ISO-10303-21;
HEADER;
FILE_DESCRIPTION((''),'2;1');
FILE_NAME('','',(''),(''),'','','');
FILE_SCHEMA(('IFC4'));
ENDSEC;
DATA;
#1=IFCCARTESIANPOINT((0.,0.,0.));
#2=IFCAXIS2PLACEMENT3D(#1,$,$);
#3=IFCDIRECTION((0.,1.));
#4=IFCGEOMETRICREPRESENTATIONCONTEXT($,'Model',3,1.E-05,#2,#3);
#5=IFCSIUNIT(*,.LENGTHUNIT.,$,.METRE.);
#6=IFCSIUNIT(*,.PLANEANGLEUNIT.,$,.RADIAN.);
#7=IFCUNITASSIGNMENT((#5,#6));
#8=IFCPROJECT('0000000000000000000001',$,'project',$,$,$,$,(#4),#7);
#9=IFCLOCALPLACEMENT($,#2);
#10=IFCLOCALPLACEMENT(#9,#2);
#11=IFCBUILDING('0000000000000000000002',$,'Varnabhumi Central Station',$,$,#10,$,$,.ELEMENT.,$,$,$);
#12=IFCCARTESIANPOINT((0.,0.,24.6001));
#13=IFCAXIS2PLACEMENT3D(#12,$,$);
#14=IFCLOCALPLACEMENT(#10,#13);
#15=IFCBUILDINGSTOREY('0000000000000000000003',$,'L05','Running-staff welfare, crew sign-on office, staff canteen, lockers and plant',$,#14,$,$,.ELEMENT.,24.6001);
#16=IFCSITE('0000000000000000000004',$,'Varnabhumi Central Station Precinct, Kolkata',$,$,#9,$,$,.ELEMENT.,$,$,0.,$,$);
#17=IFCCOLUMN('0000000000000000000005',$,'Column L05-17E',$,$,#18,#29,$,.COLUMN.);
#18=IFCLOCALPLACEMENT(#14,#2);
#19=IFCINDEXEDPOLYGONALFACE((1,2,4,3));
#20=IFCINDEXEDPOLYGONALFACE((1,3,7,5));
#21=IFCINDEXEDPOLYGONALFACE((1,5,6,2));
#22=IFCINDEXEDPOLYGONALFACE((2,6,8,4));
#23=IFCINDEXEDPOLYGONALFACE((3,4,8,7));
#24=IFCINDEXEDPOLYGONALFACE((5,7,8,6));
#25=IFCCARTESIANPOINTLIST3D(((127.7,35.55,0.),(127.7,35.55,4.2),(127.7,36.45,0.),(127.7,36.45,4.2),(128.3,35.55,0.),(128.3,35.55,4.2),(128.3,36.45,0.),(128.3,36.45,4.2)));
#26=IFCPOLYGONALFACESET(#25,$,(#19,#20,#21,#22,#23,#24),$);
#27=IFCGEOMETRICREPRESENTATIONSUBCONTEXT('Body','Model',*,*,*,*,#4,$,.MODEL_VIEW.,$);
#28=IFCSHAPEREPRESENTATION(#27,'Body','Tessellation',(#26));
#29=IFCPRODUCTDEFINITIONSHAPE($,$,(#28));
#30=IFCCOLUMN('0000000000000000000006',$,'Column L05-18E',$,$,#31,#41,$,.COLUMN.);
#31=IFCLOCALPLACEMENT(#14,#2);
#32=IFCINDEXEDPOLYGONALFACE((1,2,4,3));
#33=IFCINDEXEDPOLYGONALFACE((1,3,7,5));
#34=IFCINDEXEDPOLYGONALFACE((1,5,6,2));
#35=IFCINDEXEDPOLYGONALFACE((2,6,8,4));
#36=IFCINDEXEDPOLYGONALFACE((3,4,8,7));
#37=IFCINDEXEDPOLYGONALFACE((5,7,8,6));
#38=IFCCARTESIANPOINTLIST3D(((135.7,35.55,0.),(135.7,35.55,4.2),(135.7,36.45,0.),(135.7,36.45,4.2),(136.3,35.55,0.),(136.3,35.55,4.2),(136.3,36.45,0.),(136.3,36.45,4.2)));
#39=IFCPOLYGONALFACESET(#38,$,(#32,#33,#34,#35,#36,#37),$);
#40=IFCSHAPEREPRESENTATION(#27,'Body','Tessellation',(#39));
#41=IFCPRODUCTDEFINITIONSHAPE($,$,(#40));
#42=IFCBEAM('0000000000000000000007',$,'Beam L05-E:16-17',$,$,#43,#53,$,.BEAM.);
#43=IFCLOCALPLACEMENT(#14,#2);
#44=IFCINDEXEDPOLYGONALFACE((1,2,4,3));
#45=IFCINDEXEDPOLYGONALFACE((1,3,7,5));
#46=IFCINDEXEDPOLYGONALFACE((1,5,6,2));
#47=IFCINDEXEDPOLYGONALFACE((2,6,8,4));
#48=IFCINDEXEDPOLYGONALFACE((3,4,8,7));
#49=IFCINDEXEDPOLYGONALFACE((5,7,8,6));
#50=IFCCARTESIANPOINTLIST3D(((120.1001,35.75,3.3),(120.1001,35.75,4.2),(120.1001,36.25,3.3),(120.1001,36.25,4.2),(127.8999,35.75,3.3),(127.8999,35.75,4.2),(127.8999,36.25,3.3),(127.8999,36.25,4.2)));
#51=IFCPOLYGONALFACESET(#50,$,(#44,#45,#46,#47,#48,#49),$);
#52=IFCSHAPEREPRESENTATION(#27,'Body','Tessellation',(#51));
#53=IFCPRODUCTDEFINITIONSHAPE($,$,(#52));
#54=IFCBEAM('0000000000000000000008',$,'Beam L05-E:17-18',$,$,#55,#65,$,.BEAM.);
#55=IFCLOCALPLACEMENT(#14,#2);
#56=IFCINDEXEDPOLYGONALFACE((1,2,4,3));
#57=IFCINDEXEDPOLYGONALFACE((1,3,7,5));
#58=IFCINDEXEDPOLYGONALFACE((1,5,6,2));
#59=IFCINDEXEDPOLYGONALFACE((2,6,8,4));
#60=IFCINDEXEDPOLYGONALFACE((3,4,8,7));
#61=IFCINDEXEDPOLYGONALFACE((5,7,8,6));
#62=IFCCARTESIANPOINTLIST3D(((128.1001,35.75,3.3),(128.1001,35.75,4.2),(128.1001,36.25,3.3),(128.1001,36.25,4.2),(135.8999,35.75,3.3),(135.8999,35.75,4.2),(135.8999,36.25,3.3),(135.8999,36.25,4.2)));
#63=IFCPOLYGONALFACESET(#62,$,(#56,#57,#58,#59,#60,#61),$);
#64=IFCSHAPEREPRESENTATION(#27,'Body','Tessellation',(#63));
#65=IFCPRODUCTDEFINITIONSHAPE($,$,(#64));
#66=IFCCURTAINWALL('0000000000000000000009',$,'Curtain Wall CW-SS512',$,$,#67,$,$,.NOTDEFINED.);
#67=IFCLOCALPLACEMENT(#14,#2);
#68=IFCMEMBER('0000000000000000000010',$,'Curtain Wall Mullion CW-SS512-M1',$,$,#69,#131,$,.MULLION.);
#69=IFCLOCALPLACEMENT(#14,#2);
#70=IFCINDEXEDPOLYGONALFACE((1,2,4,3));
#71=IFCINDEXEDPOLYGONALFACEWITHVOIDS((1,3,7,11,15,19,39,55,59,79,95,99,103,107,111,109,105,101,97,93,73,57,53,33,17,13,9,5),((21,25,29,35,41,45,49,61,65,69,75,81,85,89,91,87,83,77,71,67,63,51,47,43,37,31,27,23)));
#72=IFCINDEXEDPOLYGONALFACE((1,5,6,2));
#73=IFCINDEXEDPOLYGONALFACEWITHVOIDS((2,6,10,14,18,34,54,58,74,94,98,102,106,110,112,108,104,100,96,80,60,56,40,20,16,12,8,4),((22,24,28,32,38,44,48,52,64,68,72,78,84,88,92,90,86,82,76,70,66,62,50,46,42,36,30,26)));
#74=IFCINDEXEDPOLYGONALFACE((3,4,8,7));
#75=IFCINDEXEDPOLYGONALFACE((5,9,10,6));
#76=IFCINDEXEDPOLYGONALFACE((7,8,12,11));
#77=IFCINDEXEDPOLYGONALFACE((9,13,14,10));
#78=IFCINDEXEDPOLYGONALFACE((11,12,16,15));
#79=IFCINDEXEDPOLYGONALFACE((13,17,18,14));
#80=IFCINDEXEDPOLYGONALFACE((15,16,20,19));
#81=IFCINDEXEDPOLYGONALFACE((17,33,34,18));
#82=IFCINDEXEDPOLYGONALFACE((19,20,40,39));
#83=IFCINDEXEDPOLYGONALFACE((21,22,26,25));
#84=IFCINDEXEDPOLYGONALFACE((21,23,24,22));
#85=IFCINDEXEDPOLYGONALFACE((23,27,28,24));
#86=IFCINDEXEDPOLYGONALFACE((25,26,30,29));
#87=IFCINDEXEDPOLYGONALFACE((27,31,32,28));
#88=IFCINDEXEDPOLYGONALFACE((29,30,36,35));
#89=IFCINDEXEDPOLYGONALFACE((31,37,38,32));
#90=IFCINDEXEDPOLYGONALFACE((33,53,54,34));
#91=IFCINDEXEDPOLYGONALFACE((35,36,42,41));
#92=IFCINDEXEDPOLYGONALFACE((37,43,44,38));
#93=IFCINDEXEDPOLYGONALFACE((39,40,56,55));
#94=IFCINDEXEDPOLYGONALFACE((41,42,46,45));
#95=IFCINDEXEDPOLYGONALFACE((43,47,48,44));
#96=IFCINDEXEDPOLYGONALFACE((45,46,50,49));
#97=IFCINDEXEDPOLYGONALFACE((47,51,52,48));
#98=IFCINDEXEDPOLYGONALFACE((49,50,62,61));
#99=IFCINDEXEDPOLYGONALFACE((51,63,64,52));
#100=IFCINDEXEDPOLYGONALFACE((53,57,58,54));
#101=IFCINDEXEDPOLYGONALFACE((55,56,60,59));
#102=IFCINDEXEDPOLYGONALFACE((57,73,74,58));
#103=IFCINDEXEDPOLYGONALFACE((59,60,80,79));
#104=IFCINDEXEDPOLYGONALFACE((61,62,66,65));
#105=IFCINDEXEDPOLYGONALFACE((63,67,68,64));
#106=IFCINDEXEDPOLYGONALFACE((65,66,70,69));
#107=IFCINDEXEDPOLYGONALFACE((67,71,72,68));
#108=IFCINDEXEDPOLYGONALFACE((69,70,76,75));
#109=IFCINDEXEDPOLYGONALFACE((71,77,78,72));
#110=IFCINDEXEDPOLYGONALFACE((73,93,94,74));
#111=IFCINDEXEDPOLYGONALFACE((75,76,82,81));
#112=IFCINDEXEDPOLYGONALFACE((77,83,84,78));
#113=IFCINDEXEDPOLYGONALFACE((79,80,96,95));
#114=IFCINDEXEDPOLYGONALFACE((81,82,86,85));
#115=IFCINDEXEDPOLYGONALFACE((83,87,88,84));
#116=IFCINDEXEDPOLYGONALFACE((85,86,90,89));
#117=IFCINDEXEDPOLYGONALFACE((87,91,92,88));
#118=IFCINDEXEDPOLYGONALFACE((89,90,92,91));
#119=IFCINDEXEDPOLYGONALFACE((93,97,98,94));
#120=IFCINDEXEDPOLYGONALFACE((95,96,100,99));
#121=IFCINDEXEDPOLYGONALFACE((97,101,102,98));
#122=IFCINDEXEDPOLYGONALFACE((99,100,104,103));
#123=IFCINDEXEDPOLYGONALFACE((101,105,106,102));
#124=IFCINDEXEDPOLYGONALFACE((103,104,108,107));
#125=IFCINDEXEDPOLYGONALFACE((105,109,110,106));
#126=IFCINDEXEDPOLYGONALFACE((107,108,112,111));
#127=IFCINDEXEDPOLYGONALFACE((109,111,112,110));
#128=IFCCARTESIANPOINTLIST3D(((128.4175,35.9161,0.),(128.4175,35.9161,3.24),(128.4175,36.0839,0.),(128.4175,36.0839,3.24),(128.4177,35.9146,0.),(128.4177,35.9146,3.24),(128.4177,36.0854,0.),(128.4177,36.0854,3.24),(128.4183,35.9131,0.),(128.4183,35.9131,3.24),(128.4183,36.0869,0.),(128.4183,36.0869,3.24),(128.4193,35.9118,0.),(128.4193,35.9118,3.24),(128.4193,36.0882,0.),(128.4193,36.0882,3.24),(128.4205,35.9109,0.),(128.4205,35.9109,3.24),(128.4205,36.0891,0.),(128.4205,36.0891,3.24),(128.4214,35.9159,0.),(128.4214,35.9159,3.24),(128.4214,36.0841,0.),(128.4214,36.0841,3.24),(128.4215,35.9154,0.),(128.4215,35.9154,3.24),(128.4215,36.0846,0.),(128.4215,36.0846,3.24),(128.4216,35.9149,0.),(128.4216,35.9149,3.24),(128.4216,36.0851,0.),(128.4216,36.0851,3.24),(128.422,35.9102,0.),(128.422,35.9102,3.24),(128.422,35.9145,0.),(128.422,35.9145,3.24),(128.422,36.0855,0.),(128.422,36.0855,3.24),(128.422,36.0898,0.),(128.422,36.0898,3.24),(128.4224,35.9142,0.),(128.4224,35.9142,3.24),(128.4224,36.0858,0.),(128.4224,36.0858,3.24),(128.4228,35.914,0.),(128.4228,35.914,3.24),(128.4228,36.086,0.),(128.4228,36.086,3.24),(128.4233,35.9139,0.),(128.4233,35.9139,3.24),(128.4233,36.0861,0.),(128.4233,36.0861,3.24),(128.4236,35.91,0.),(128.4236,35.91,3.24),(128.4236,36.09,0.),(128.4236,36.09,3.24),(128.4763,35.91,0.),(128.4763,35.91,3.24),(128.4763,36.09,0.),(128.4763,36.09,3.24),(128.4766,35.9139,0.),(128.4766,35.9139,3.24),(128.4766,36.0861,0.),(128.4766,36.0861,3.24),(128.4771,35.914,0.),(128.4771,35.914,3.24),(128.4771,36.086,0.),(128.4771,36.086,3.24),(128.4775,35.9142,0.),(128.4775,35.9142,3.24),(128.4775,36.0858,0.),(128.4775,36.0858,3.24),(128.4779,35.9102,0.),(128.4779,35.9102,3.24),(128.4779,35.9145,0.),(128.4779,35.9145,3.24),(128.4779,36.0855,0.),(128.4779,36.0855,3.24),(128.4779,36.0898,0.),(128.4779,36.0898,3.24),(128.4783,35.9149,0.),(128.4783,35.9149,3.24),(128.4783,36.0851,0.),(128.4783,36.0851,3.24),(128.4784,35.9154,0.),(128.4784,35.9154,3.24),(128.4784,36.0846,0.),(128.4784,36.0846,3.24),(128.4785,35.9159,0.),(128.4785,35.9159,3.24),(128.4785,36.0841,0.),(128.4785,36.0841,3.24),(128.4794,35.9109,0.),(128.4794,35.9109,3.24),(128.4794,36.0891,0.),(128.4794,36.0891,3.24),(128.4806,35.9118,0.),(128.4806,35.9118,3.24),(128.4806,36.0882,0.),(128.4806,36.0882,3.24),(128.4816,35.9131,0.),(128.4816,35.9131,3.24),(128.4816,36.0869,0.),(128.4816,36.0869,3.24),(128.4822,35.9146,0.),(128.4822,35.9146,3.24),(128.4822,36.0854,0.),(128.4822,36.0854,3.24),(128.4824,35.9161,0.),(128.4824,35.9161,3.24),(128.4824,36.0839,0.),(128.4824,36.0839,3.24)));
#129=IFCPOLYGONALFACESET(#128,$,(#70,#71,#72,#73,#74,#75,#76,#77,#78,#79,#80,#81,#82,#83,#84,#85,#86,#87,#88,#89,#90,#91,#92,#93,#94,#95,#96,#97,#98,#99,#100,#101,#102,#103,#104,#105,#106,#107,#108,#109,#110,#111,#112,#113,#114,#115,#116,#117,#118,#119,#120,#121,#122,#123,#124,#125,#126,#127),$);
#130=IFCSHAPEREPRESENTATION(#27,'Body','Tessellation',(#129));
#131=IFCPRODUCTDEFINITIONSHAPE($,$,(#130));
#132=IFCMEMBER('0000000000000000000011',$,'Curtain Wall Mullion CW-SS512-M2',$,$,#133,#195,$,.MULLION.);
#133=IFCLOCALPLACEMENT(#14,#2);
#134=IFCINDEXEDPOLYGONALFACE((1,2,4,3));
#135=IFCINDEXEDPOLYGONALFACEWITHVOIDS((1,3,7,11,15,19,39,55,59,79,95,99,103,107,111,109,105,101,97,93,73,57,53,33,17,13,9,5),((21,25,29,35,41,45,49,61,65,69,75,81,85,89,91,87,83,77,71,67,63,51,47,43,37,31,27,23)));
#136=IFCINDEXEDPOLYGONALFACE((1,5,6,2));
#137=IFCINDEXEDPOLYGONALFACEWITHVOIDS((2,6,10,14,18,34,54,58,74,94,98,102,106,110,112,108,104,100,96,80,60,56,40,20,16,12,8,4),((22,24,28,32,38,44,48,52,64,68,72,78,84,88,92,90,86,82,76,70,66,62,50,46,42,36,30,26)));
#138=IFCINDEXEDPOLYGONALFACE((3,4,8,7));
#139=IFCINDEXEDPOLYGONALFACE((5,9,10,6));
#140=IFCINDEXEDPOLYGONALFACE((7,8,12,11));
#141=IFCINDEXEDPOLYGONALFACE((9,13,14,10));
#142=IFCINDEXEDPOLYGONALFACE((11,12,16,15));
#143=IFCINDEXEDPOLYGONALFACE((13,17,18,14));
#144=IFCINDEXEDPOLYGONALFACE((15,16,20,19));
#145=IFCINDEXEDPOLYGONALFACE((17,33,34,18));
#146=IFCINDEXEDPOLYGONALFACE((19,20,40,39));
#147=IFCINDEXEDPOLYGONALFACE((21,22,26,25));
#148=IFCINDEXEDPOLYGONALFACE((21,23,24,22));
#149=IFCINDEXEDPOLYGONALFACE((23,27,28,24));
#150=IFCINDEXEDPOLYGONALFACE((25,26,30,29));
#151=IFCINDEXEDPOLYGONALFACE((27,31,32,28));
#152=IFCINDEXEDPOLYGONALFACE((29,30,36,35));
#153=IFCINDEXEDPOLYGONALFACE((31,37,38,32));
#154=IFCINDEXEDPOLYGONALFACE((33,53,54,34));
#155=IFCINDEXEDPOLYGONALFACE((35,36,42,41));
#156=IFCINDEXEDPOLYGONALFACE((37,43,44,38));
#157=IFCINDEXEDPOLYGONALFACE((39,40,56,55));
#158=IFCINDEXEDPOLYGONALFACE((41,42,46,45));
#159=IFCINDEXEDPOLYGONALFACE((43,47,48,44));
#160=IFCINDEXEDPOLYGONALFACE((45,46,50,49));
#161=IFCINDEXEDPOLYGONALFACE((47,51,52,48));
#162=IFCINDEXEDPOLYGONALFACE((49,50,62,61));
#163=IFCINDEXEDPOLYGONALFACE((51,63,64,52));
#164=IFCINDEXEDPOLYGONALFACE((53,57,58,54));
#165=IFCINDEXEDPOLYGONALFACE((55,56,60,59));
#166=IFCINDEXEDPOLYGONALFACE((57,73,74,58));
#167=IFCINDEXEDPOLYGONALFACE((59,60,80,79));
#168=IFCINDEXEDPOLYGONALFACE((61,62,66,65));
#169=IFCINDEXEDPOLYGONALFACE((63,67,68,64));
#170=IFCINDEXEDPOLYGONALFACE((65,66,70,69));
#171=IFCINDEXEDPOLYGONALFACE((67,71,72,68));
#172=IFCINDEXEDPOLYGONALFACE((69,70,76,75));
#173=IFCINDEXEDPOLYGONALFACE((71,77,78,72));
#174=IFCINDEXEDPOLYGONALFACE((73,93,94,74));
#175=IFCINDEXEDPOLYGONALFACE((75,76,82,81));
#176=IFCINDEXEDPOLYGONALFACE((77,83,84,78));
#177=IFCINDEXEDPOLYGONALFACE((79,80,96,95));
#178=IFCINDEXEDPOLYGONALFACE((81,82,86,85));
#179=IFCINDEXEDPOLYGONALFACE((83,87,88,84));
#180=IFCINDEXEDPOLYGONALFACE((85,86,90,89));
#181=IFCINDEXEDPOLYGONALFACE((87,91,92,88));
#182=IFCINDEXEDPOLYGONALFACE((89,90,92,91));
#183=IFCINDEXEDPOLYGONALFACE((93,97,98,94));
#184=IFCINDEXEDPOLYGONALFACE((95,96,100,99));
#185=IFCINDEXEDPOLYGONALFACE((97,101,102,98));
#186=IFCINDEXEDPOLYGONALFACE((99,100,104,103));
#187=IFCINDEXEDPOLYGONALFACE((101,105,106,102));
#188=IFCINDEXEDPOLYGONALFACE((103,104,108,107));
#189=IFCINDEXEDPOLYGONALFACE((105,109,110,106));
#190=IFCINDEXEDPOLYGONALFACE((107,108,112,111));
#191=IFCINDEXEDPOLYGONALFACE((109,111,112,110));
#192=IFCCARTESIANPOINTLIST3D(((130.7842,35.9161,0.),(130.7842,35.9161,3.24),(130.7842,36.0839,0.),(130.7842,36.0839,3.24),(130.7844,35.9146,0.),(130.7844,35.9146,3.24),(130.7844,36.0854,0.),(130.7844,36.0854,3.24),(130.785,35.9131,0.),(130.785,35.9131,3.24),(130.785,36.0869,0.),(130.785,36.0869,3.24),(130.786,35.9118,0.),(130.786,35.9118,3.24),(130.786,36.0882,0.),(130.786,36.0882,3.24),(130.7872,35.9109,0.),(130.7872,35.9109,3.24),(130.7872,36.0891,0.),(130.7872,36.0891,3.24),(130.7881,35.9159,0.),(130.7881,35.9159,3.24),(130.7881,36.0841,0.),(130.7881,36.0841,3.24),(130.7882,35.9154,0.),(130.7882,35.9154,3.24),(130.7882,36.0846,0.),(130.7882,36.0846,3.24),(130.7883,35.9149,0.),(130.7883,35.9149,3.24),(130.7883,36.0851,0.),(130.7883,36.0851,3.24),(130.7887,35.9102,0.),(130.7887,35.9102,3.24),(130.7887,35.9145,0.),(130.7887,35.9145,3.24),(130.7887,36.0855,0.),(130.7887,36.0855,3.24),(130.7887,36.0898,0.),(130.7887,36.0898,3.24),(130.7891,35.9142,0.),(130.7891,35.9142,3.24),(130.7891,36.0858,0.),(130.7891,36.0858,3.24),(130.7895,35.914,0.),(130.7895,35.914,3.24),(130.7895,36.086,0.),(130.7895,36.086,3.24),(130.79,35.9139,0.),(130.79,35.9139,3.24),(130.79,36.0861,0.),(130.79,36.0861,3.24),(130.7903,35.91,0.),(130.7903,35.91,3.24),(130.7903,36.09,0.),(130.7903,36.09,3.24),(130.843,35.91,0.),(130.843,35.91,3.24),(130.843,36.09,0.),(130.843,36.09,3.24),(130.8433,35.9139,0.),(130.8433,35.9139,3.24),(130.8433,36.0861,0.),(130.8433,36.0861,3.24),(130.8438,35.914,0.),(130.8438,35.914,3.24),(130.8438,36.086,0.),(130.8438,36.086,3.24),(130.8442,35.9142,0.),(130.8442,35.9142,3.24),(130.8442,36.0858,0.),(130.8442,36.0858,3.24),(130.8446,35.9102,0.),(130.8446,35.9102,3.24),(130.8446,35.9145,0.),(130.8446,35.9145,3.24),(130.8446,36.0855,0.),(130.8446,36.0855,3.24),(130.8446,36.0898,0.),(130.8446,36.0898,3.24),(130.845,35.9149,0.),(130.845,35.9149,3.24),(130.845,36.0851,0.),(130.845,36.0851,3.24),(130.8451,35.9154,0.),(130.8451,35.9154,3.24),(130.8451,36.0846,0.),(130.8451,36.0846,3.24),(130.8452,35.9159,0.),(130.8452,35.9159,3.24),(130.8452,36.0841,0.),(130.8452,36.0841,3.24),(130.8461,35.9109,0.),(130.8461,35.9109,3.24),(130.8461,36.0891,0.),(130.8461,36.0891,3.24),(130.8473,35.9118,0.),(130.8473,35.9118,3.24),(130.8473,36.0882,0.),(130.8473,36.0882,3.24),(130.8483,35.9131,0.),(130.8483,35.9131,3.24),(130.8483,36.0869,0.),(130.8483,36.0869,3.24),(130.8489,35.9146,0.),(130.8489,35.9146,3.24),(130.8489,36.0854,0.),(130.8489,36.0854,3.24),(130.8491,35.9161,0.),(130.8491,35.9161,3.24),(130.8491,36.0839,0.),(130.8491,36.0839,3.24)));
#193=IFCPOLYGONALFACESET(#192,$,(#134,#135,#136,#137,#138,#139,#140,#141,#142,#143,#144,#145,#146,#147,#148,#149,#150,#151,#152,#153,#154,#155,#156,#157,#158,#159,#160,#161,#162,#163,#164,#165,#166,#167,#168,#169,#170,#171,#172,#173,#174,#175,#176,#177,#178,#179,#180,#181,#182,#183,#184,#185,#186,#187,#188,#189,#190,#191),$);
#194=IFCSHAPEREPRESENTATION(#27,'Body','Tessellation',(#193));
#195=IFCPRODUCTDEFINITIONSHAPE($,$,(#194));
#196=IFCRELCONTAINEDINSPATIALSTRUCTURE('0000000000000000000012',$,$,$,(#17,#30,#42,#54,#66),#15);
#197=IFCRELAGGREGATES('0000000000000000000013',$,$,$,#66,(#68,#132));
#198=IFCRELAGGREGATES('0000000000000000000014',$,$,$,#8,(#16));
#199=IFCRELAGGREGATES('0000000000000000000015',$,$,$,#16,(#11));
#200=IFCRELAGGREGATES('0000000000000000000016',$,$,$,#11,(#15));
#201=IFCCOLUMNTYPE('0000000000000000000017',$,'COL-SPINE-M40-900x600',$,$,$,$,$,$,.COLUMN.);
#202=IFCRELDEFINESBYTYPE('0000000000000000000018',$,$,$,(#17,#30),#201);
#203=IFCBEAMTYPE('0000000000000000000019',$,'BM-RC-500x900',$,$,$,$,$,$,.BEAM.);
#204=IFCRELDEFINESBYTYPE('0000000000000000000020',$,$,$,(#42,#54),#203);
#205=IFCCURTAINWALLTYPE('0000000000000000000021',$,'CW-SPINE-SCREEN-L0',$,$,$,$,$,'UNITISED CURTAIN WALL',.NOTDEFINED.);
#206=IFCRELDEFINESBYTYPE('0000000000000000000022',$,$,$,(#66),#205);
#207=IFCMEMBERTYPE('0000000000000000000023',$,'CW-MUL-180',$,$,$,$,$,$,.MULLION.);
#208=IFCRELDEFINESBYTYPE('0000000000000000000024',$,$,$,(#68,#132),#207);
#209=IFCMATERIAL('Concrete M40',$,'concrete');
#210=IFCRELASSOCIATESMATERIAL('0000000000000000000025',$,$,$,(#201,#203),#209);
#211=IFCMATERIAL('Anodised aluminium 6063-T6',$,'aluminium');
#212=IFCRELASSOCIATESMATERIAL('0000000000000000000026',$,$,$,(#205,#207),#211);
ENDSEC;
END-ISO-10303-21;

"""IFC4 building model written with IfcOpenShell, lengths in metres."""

from ifc_helpers import new_model, si_unit, direction, frame, origin, origin_2d, place, context, subcontext, project, spatial, rectangle, hollow_rectangle, extrude, material, material_profile, profile_set, type_object, element, aggregate, save


model = new_model("IFC4")

# Units and contexts
model_context = context("Model", 3, precision=1e-05, world=origin(), true_north=direction((0.0, 1.0)))
body_context = subcontext(model_context, "Body", "Model", "MODEL_VIEW")
ifc_project = project(units=[si_unit("LENGTHUNIT", "METRE"), si_unit("PLANEANGLEUNIT", "RADIAN")], contexts=[model_context])

# Site, building, storey
site_placement = place(None, origin())
site = spatial("IfcSite", under=ifc_project, at=site_placement, Name="Varnabhumi Central Station Precinct, Kolkata", CompositionType="ELEMENT", RefElevation=0.0)
building_placement = place(site_placement, origin())
building = spatial("IfcBuilding", under=site, at=building_placement, Name="Varnabhumi Central Station", CompositionType="ELEMENT")
storey_placement = place(building_placement, frame((0.0, 0.0, 24.6001)))
storey = spatial("IfcBuildingStorey", under=building, at=storey_placement, Name="L05", Description="Running-staff welfare, crew sign-on office, staff canteen, lockers and plant", CompositionType="ELEMENT", Elevation=24.6001)

# Columns
ifc_material_1 = material(Name="Concrete M40", Category="concrete")
ifc_material_profile_1 = material_profile(ifc_material_1, rectangle(XDim=0.6001, YDim=0.8999, at=origin_2d()), Name="Concrete M40", Category="concrete")
ifc_profile_set_1 = profile_set([ifc_material_profile_1], Name="Concrete M40")
column_type = type_object("IfcColumnType", Name="COL-SPINE-M40-900x600", PredefinedType="COLUMN", material=ifc_profile_set_1)
for number, where, z_axis, x_axis, name in (
    (1, (128.0, 36.0, 0.0), (0.0, 0.0, 1.0), (1.0, 0.0, 0.0), "Column L05-17E"),
    (2, (136.0, 36.0, 0.0), (0.0, 0.0, 1.0), (1.0, 0.0, 0.0), "Column L05-18E"),
):
    element("IfcColumn", number, at=place(storey_placement, frame(where, z_axis=z_axis, x_axis=x_axis)), inside=storey, type_object=column_type, Name=name, PredefinedType="COLUMN", context=body_context, shape_type="SweptSolid", body=[
        extrude(rectangle(XDim=0.6001, YDim=0.8999, at=origin_2d()), origin(), (0.0, 0.0, 1.0), 4.2),
    ])

# Beams
ifc_material_profile_2 = material_profile(ifc_material_1, rectangle(XDim=0.5, YDim=0.8999, at=origin_2d()), Name="Concrete M40", Category="concrete")
ifc_profile_set_2 = profile_set([ifc_material_profile_2], Name="Concrete M40")
beam_type = type_object("IfcBeamType", Name="BM-RC-500x900", PredefinedType="BEAM", material=ifc_profile_set_2)
for number, where, z_axis, x_axis, name in (
    (3, (120.1001, 36.0, 3.75), (1.0, 0.0, 0.0), (0.0, 1.0, 0.0), "Beam L05-E:16-17"),
    (4, (128.1001, 36.0, 3.75), (1.0, 0.0, 0.0), (0.0, 1.0, 0.0), "Beam L05-E:17-18"),
):
    element("IfcBeam", number, at=place(storey_placement, frame(where, z_axis=z_axis, x_axis=x_axis)), inside=storey, type_object=beam_type, Name=name, PredefinedType="BEAM", context=body_context, shape_type="SweptSolid", body=[
        extrude(rectangle(XDim=0.5, YDim=0.8999, at=origin_2d()), origin(), (0.0, 0.0, 1.0), 7.7998),
    ])

# Curtain wall, members
ifc_material_2 = material(Name="Anodised aluminium 6063-T6", Category="aluminium")
curtain_wall_type = type_object("IfcCurtainWallType", Name="CW-SPINE-SCREEN-L0", ElementType="UNITISED CURTAIN WALL", PredefinedType="NOTDEFINED", material=ifc_material_2)
curtain_wall_placement = place(storey_placement, origin())
curtain_wall = element("IfcCurtainWall", 5, at=curtain_wall_placement, inside=storey, type_object=curtain_wall_type, Name="Curtain Wall CW-SS512", PredefinedType="NOTDEFINED")
ifc_material_profile_3 = material_profile(ifc_material_2, hollow_rectangle(XDim=0.0649, YDim=0.1799, WallThickness=0.0039, InnerFilletRadius=0.002, OuterFilletRadius=0.0061, at=origin_2d()), Name="Anodised aluminium 6063-T6", Category="aluminium")
ifc_profile_set_3 = profile_set([ifc_material_profile_3], Name="Anodised aluminium 6063-T6")
member_type_1 = type_object("IfcMemberType", Name="CW-MUL-180", PredefinedType="MULLION", material=ifc_profile_set_3)
member_1_placement = place(storey_placement, frame((128.45, 36.0, 0.0), z_axis=(0.0, 0.0, 1.0), x_axis=(1.0, 0.0, 0.0)))
member_1 = element("IfcMember", 6, at=member_1_placement, type_object=member_type_1, Name="Curtain Wall Mullion CW-SS512-M1", PredefinedType="MULLION", context=body_context, shape_type="SweptSolid", body=[
    extrude(hollow_rectangle(XDim=0.0649, YDim=0.1799, WallThickness=0.0039, InnerFilletRadius=0.002, OuterFilletRadius=0.0061, at=origin_2d()), origin(), (0.0, 0.0, 1.0), 3.24),
])
member_2_placement = place(storey_placement, frame((130.8167, 36.0, 0.0), z_axis=(0.0, 0.0, 1.0), x_axis=(1.0, 0.0, 0.0)))
member_2 = element("IfcMember", 7, at=member_2_placement, type_object=member_type_1, Name="Curtain Wall Mullion CW-SS512-M2", PredefinedType="MULLION", context=body_context, shape_type="SweptSolid", body=[
    extrude(hollow_rectangle(XDim=0.0649, YDim=0.1799, WallThickness=0.0039, InnerFilletRadius=0.002, OuterFilletRadius=0.0061, at=origin_2d()), origin(), (0.0, 0.0, 1.0), 3.24),
])

aggregate(curtain_wall, [member_1, member_2])

save(model, "model.ifc")
